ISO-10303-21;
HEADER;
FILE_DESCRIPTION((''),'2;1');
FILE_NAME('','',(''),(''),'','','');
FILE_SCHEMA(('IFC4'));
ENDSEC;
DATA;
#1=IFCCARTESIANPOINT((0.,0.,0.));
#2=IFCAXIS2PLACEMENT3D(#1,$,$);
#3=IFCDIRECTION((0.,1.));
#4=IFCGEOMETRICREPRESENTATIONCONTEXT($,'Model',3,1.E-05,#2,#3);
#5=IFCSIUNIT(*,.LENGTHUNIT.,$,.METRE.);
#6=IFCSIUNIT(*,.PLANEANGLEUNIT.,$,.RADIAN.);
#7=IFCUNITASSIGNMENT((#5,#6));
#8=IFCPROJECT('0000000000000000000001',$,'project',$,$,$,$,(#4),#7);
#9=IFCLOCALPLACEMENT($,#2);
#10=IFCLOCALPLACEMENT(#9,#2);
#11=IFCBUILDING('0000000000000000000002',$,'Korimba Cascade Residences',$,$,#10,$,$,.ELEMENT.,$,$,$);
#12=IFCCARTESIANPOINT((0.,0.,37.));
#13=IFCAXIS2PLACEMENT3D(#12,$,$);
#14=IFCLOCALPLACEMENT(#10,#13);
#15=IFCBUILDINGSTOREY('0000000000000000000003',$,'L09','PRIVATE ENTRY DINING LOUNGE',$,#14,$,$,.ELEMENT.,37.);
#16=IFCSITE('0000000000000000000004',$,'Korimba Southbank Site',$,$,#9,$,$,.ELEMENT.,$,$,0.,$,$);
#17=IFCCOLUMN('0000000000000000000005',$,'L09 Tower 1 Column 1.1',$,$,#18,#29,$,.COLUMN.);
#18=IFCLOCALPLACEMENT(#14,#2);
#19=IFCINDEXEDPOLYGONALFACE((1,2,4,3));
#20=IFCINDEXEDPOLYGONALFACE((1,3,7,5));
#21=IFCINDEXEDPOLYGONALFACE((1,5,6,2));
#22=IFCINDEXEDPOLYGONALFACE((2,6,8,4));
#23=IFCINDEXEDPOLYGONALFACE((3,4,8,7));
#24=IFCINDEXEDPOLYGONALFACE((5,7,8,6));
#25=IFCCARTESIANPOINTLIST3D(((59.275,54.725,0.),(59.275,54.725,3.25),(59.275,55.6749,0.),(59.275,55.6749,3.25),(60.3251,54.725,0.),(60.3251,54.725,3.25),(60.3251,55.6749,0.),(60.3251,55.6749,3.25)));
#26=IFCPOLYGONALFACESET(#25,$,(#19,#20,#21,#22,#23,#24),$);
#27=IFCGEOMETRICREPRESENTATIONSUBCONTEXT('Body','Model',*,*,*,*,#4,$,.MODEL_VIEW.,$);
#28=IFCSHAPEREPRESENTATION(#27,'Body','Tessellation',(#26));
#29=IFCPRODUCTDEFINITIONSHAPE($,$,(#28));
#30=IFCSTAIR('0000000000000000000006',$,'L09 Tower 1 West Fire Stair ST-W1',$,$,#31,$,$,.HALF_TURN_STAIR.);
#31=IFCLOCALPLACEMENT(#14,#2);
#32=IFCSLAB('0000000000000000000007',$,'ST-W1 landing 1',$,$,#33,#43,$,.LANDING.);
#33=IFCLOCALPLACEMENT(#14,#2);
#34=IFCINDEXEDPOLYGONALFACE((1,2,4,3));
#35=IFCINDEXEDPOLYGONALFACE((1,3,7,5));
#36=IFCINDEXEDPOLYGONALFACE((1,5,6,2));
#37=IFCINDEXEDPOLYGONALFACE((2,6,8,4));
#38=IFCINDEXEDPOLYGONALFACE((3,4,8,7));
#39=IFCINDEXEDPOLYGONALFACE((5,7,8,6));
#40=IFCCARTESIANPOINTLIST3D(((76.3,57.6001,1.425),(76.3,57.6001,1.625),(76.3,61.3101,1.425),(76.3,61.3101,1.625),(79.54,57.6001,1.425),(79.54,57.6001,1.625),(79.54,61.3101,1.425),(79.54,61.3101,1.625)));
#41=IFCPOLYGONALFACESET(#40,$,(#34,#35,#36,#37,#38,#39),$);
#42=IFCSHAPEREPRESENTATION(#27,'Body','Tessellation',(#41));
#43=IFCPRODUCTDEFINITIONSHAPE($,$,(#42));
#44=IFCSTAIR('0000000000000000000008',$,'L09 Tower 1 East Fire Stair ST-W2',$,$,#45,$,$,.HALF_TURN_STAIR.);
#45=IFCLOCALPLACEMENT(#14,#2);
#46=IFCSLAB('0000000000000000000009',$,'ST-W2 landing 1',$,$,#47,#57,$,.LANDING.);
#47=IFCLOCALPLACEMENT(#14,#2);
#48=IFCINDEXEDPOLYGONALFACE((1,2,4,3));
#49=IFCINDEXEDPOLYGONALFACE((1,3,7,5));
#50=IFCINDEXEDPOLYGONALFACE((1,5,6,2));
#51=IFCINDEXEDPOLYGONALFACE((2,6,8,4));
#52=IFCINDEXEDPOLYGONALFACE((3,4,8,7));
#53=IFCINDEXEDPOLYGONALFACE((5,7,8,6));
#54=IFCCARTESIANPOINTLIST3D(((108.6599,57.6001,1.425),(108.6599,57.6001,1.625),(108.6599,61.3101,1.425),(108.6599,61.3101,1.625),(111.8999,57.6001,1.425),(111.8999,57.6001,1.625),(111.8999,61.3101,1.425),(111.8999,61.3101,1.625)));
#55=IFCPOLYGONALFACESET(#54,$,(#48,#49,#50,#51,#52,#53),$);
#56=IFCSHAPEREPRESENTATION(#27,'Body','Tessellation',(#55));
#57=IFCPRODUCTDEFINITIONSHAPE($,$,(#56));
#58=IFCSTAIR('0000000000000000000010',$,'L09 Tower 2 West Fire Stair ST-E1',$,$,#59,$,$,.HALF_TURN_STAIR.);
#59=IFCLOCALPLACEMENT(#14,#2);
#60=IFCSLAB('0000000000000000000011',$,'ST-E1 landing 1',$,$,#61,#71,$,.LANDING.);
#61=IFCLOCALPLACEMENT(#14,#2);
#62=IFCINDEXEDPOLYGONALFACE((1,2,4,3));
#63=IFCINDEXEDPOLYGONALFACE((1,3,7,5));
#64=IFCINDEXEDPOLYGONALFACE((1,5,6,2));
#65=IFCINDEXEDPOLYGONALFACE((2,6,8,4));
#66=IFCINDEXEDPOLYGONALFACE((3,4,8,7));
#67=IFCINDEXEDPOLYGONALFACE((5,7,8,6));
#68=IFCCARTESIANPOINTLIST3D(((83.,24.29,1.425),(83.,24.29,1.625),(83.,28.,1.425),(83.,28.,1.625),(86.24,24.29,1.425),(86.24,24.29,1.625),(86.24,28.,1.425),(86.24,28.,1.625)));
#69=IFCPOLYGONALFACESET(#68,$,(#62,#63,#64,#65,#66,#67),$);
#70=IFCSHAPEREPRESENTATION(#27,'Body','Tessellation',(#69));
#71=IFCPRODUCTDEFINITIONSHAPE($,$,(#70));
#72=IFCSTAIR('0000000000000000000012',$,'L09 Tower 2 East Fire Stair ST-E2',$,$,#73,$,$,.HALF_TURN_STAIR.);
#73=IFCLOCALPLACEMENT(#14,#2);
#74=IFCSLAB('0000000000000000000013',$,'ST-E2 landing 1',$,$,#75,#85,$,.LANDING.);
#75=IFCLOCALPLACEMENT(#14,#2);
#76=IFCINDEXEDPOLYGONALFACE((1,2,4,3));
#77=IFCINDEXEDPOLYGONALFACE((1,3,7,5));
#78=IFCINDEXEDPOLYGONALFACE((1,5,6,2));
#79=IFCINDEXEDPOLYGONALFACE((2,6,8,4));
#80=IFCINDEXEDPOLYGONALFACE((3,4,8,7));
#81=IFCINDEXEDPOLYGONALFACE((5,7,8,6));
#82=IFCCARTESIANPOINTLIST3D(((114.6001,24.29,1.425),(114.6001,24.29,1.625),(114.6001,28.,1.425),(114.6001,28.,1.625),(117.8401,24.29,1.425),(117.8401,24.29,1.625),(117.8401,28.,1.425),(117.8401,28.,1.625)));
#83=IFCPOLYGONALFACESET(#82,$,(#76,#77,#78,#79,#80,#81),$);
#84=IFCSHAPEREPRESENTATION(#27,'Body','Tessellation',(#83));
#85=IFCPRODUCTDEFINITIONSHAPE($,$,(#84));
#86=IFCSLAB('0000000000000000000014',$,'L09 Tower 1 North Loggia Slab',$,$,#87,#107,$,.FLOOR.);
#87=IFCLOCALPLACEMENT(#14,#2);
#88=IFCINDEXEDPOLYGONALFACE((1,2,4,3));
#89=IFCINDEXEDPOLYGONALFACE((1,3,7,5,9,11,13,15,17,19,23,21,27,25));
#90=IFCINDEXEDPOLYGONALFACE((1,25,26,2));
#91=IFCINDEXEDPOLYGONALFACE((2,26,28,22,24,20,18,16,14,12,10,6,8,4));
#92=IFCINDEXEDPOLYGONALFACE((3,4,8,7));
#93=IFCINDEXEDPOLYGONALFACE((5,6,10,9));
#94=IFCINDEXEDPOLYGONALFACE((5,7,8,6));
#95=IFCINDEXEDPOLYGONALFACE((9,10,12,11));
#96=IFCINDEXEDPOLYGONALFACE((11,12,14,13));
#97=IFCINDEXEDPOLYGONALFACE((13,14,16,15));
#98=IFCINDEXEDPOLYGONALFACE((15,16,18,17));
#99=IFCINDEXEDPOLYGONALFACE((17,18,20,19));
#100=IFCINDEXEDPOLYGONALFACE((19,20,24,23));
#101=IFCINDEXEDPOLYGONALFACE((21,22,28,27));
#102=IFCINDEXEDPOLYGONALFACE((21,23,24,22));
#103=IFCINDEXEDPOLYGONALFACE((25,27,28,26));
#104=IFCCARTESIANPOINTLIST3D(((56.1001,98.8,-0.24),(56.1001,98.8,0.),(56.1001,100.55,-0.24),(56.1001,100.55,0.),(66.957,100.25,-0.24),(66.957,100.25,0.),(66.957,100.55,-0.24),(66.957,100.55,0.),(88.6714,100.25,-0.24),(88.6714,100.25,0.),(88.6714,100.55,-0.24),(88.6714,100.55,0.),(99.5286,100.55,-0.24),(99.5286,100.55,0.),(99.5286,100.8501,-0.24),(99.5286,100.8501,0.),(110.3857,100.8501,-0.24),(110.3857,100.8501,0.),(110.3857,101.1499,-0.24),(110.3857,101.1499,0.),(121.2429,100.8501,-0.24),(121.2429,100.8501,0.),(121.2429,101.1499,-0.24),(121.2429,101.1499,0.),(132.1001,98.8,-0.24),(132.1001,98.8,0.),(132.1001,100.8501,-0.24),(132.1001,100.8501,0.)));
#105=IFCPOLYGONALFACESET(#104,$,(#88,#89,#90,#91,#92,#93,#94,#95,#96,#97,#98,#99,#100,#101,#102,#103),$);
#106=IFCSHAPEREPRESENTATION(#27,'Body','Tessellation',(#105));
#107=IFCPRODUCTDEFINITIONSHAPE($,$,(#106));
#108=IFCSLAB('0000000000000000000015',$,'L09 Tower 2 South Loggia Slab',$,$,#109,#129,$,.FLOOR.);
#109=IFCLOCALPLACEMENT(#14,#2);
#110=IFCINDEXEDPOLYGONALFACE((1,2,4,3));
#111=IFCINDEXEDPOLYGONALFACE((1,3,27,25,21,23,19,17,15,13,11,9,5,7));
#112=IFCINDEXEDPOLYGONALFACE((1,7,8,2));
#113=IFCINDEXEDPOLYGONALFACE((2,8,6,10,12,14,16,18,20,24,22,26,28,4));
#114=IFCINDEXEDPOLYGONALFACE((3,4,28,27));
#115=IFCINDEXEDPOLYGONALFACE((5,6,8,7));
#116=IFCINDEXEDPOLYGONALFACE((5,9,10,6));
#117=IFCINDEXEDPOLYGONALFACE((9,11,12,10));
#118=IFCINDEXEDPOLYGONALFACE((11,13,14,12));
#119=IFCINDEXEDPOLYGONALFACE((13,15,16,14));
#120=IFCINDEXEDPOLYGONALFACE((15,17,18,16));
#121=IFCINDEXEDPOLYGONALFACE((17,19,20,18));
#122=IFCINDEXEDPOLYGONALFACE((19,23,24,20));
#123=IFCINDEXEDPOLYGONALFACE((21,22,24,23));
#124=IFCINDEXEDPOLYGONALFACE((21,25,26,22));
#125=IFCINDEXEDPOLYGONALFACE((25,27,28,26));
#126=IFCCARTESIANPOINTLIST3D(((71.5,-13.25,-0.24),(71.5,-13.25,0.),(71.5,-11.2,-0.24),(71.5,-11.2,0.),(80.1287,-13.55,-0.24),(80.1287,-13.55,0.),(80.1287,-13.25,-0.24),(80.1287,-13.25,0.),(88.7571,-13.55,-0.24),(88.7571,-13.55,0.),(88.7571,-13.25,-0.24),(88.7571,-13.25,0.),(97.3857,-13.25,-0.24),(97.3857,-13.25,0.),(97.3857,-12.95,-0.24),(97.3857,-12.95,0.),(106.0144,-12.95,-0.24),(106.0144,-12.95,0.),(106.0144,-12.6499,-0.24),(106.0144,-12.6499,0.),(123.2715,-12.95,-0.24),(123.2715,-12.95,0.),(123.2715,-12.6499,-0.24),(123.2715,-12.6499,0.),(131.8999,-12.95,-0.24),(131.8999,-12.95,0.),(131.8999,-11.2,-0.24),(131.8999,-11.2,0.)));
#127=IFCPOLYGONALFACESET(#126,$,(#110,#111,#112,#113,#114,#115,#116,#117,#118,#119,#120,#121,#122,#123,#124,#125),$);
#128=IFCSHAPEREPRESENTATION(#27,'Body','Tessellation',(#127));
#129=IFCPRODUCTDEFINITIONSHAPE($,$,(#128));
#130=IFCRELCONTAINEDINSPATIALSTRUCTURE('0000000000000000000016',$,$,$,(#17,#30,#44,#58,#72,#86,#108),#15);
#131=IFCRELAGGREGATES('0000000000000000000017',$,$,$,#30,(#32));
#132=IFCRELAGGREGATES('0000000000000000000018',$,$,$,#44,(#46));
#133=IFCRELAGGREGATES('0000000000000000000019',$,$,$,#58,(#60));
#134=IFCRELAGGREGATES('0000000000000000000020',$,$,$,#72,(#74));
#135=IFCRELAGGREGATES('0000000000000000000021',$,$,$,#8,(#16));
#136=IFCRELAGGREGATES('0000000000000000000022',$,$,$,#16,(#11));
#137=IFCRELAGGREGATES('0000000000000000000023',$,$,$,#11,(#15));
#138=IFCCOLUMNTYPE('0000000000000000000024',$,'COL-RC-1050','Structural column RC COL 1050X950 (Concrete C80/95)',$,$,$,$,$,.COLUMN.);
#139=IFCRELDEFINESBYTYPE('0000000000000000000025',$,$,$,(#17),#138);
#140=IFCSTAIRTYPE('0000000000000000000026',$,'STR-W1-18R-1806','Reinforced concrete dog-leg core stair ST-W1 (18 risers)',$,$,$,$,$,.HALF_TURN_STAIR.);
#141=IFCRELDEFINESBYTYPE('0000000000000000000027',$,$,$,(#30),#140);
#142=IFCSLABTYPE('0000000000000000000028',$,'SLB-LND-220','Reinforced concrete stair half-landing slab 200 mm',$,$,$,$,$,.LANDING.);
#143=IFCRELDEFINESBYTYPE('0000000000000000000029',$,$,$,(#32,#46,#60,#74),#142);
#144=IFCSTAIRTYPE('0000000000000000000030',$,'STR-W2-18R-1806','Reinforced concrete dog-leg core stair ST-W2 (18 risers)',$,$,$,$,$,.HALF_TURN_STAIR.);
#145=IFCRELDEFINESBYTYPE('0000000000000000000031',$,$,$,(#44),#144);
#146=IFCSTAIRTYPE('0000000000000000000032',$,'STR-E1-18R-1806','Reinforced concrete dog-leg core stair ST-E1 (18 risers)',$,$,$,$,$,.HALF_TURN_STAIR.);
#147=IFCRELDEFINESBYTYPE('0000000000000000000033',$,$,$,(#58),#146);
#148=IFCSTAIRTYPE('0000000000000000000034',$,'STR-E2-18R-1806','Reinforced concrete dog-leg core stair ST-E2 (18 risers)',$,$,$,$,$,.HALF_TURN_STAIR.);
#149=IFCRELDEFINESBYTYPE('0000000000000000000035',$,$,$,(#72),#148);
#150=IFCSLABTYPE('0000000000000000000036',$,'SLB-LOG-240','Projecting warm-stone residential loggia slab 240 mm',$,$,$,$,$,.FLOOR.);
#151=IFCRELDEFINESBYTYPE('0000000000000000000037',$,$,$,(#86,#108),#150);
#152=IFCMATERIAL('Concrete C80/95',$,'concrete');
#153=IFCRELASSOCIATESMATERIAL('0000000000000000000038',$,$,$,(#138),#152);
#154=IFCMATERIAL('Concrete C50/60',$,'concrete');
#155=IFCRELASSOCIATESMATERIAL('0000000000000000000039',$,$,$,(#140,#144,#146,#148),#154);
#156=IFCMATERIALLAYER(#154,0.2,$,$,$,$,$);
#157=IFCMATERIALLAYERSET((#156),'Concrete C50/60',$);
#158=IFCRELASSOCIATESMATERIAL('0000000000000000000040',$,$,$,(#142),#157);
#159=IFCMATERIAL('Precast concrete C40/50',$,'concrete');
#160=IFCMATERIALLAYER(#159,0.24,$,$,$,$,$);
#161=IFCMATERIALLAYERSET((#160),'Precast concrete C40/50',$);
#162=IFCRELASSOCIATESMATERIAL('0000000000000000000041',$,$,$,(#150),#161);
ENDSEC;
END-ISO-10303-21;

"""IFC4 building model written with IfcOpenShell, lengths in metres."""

from ifc_helpers import new_model, si_unit, direction, frame, origin, origin_2d, place, context, subcontext, project, spatial, polyline, rectangle, outline, extrude, material, layer, layer_set, material_profile, profile_set, type_object, element, aggregate, save


model = new_model("IFC4")

# Units and contexts
model_context = context("Model", 3, precision=1e-05, world=origin(), true_north=direction((0.0, 1.0)))
body_context = subcontext(model_context, "Body", "Model", "MODEL_VIEW")
ifc_project = project(units=[si_unit("LENGTHUNIT", "METRE"), si_unit("PLANEANGLEUNIT", "RADIAN")], contexts=[model_context])

# Site, building, storey
site_placement = place(None, origin())
site = spatial("IfcSite", under=ifc_project, at=site_placement, Name="Korimba Southbank Site", CompositionType="ELEMENT", RefElevation=0.0)
building_placement = place(site_placement, origin())
building = spatial("IfcBuilding", under=site, at=building_placement, Name="Korimba Cascade Residences", CompositionType="ELEMENT")
storey_placement = place(building_placement, frame((0.0, 0.0, 37.0)))
storey = spatial("IfcBuildingStorey", under=building, at=storey_placement, Name="L09", Description="PRIVATE ENTRY DINING LOUNGE", CompositionType="ELEMENT", Elevation=37.0)

# Column
ifc_material_1 = material(Name="Concrete C80/95", Category="concrete")
ifc_material_profile = material_profile(ifc_material_1, rectangle(XDim=1.05, YDim=0.95, at=origin_2d()), Name="Concrete C80/95")
ifc_profile_set = profile_set([ifc_material_profile], Name="Concrete C80/95")
column_type = type_object("IfcColumnType", Name="COL-RC-1050", Description="Structural column RC COL 1050X950 (Concrete C80/95)", PredefinedType="COLUMN", material=ifc_profile_set)
column_placement = place(storey_placement, frame((59.8, 55.2, 0.0), z_axis=(0.0, 0.0, 1.0), x_axis=(1.0, 0.0, 0.0)))
element("IfcColumn", 1, at=column_placement, inside=storey, type_object=column_type, Name="L09 Tower 1 Column 1.1", PredefinedType="COLUMN", context=body_context, shape_type="SweptSolid", body=[
    extrude(rectangle(XDim=1.05, YDim=0.95, at=origin_2d()), origin(), (0.0, 0.0, 1.0), 3.25),
])

# Stairs, slabs
ifc_material_2 = material(Name="Concrete C50/60", Category="concrete")
stair_type_1 = type_object("IfcStairType", Name="STR-W1-18R-1806", Description="Reinforced concrete dog-leg core stair ST-W1 (18 risers)", PredefinedType="HALF_TURN_STAIR", material=ifc_material_2)
stair_1_placement = place(storey_placement, origin())
stair_1 = element("IfcStair", 2, at=stair_1_placement, inside=storey, type_object=stair_type_1, Name="L09 Tower 1 West Fire Stair ST-W1", PredefinedType="HALF_TURN_STAIR")
ifc_layer_1 = layer(ifc_material_2, 0.2)
ifc_layer_set_1 = layer_set([ifc_layer_1], Name="Concrete C50/60")
slab_type_1 = type_object("IfcSlabType", Name="SLB-LND-220", Description="Reinforced concrete stair half-landing slab 200 mm", PredefinedType="LANDING", material=ifc_layer_set_1)
slab_1_placement = place(storey_placement, frame((0.0, 0.0, 1.425)))
slab_1 = element("IfcSlab", 3, at=slab_1_placement, type_object=slab_type_1, Name="ST-W1 landing 1", PredefinedType="LANDING", context=body_context, shape_type="SweptSolid", body=[
    extrude(outline(polyline([(76.3, 61.3101), (76.3, 57.6001), (79.54, 57.6001), (79.54, 61.3101), (76.3, 61.3101)])), origin(), (0.0, 0.0, 1.0), 0.2),
])
aggregate(stair_1, [slab_1])
stair_type_2 = type_object("IfcStairType", Name="STR-W2-18R-1806", Description="Reinforced concrete dog-leg core stair ST-W2 (18 risers)", PredefinedType="HALF_TURN_STAIR", material=ifc_material_2)
stair_2_placement = place(storey_placement, origin())
stair_2 = element("IfcStair", 4, at=stair_2_placement, inside=storey, type_object=stair_type_2, Name="L09 Tower 1 East Fire Stair ST-W2", PredefinedType="HALF_TURN_STAIR")
slab_2_placement = place(storey_placement, frame((0.0, 0.0, 1.425)))
slab_2 = element("IfcSlab", 5, at=slab_2_placement, type_object=slab_type_1, Name="ST-W2 landing 1", PredefinedType="LANDING", context=body_context, shape_type="SweptSolid", body=[
    extrude(outline(polyline([(108.6599, 61.3101), (108.6599, 57.6001), (111.8999, 57.6001), (111.8999, 61.3101), (108.6599, 61.3101)])), origin(), (0.0, 0.0, 1.0), 0.2),
])
aggregate(stair_2, [slab_2])
stair_type_3 = type_object("IfcStairType", Name="STR-E1-18R-1806", Description="Reinforced concrete dog-leg core stair ST-E1 (18 risers)", PredefinedType="HALF_TURN_STAIR", material=ifc_material_2)
stair_3_placement = place(storey_placement, origin())
stair_3 = element("IfcStair", 6, at=stair_3_placement, inside=storey, type_object=stair_type_3, Name="L09 Tower 2 West Fire Stair ST-E1", PredefinedType="HALF_TURN_STAIR")
slab_3_placement = place(storey_placement, frame((0.0, 0.0, 1.425)))
slab_3 = element("IfcSlab", 7, at=slab_3_placement, type_object=slab_type_1, Name="ST-E1 landing 1", PredefinedType="LANDING", context=body_context, shape_type="SweptSolid", body=[
    extrude(outline(polyline([(86.24, 24.29), (86.24, 28.0), (83.0, 28.0), (83.0, 24.29), (86.24, 24.29)])), origin(), (0.0, 0.0, 1.0), 0.2),
])
aggregate(stair_3, [slab_3])
stair_type_4 = type_object("IfcStairType", Name="STR-E2-18R-1806", Description="Reinforced concrete dog-leg core stair ST-E2 (18 risers)", PredefinedType="HALF_TURN_STAIR", material=ifc_material_2)
stair_4_placement = place(storey_placement, origin())
stair_4 = element("IfcStair", 8, at=stair_4_placement, inside=storey, type_object=stair_type_4, Name="L09 Tower 2 East Fire Stair ST-E2", PredefinedType="HALF_TURN_STAIR")
slab_4_placement = place(storey_placement, frame((0.0, 0.0, 1.425)))
slab_4 = element("IfcSlab", 9, at=slab_4_placement, type_object=slab_type_1, Name="ST-E2 landing 1", PredefinedType="LANDING", context=body_context, shape_type="SweptSolid", body=[
    extrude(outline(polyline([(117.8401, 24.29), (117.8401, 28.0), (114.6001, 28.0), (114.6001, 24.29), (117.8401, 24.29)])), origin(), (0.0, 0.0, 1.0), 0.2),
])
aggregate(stair_4, [slab_4])

# Slabs
ifc_material_3 = material(Name="Precast concrete C40/50", Category="concrete")
ifc_layer_2 = layer(ifc_material_3, 0.24)
ifc_layer_set_2 = layer_set([ifc_layer_2], Name="Precast concrete C40/50")
slab_type_2 = type_object("IfcSlabType", Name="SLB-LOG-240", Description="Projecting warm-stone residential loggia slab 240 mm", PredefinedType="FLOOR", material=ifc_layer_set_2)
slab_5_placement = place(storey_placement, frame((0.0, 0.0, -0.24)))
element("IfcSlab", 10, at=slab_5_placement, inside=storey, type_object=slab_type_2, Name="L09 Tower 1 North Loggia Slab", PredefinedType="FLOOR", context=body_context, shape_type="SweptSolid", body=[
    extrude(outline(polyline([(56.1001, 98.8), (132.1001, 98.8), (132.1001, 100.8501), (121.2429, 100.8501), (121.2429, 101.1499), (110.3857, 101.1499), (110.3857, 100.8501), (99.5286, 100.8501), (99.5286, 100.55), (88.6714, 100.55), (88.6714, 100.25), (66.957, 100.25), (66.957, 100.55), (56.1001, 100.55), (56.1001, 98.8)])), origin(), (0.0, 0.0, 1.0), 0.24),
])
slab_6_placement = place(storey_placement, frame((0.0, 0.0, -0.24)))
element("IfcSlab", 11, at=slab_6_placement, inside=storey, type_object=slab_type_2, Name="L09 Tower 2 South Loggia Slab", PredefinedType="FLOOR", context=body_context, shape_type="SweptSolid", body=[
    extrude(outline(polyline([(71.5, -13.25), (80.1287, -13.25), (80.1287, -13.55), (88.7571, -13.55), (88.7571, -13.25), (97.3857, -13.25), (97.3857, -12.95), (106.0144, -12.95), (106.0144, -12.6499), (123.2715, -12.6499), (123.2715, -12.95), (131.8999, -12.95), (131.8999, -11.2), (71.5, -11.2), (71.5, -13.25)])), origin(), (0.0, 0.0, 1.0), 0.24),
])

save(model, "model.ifc")
